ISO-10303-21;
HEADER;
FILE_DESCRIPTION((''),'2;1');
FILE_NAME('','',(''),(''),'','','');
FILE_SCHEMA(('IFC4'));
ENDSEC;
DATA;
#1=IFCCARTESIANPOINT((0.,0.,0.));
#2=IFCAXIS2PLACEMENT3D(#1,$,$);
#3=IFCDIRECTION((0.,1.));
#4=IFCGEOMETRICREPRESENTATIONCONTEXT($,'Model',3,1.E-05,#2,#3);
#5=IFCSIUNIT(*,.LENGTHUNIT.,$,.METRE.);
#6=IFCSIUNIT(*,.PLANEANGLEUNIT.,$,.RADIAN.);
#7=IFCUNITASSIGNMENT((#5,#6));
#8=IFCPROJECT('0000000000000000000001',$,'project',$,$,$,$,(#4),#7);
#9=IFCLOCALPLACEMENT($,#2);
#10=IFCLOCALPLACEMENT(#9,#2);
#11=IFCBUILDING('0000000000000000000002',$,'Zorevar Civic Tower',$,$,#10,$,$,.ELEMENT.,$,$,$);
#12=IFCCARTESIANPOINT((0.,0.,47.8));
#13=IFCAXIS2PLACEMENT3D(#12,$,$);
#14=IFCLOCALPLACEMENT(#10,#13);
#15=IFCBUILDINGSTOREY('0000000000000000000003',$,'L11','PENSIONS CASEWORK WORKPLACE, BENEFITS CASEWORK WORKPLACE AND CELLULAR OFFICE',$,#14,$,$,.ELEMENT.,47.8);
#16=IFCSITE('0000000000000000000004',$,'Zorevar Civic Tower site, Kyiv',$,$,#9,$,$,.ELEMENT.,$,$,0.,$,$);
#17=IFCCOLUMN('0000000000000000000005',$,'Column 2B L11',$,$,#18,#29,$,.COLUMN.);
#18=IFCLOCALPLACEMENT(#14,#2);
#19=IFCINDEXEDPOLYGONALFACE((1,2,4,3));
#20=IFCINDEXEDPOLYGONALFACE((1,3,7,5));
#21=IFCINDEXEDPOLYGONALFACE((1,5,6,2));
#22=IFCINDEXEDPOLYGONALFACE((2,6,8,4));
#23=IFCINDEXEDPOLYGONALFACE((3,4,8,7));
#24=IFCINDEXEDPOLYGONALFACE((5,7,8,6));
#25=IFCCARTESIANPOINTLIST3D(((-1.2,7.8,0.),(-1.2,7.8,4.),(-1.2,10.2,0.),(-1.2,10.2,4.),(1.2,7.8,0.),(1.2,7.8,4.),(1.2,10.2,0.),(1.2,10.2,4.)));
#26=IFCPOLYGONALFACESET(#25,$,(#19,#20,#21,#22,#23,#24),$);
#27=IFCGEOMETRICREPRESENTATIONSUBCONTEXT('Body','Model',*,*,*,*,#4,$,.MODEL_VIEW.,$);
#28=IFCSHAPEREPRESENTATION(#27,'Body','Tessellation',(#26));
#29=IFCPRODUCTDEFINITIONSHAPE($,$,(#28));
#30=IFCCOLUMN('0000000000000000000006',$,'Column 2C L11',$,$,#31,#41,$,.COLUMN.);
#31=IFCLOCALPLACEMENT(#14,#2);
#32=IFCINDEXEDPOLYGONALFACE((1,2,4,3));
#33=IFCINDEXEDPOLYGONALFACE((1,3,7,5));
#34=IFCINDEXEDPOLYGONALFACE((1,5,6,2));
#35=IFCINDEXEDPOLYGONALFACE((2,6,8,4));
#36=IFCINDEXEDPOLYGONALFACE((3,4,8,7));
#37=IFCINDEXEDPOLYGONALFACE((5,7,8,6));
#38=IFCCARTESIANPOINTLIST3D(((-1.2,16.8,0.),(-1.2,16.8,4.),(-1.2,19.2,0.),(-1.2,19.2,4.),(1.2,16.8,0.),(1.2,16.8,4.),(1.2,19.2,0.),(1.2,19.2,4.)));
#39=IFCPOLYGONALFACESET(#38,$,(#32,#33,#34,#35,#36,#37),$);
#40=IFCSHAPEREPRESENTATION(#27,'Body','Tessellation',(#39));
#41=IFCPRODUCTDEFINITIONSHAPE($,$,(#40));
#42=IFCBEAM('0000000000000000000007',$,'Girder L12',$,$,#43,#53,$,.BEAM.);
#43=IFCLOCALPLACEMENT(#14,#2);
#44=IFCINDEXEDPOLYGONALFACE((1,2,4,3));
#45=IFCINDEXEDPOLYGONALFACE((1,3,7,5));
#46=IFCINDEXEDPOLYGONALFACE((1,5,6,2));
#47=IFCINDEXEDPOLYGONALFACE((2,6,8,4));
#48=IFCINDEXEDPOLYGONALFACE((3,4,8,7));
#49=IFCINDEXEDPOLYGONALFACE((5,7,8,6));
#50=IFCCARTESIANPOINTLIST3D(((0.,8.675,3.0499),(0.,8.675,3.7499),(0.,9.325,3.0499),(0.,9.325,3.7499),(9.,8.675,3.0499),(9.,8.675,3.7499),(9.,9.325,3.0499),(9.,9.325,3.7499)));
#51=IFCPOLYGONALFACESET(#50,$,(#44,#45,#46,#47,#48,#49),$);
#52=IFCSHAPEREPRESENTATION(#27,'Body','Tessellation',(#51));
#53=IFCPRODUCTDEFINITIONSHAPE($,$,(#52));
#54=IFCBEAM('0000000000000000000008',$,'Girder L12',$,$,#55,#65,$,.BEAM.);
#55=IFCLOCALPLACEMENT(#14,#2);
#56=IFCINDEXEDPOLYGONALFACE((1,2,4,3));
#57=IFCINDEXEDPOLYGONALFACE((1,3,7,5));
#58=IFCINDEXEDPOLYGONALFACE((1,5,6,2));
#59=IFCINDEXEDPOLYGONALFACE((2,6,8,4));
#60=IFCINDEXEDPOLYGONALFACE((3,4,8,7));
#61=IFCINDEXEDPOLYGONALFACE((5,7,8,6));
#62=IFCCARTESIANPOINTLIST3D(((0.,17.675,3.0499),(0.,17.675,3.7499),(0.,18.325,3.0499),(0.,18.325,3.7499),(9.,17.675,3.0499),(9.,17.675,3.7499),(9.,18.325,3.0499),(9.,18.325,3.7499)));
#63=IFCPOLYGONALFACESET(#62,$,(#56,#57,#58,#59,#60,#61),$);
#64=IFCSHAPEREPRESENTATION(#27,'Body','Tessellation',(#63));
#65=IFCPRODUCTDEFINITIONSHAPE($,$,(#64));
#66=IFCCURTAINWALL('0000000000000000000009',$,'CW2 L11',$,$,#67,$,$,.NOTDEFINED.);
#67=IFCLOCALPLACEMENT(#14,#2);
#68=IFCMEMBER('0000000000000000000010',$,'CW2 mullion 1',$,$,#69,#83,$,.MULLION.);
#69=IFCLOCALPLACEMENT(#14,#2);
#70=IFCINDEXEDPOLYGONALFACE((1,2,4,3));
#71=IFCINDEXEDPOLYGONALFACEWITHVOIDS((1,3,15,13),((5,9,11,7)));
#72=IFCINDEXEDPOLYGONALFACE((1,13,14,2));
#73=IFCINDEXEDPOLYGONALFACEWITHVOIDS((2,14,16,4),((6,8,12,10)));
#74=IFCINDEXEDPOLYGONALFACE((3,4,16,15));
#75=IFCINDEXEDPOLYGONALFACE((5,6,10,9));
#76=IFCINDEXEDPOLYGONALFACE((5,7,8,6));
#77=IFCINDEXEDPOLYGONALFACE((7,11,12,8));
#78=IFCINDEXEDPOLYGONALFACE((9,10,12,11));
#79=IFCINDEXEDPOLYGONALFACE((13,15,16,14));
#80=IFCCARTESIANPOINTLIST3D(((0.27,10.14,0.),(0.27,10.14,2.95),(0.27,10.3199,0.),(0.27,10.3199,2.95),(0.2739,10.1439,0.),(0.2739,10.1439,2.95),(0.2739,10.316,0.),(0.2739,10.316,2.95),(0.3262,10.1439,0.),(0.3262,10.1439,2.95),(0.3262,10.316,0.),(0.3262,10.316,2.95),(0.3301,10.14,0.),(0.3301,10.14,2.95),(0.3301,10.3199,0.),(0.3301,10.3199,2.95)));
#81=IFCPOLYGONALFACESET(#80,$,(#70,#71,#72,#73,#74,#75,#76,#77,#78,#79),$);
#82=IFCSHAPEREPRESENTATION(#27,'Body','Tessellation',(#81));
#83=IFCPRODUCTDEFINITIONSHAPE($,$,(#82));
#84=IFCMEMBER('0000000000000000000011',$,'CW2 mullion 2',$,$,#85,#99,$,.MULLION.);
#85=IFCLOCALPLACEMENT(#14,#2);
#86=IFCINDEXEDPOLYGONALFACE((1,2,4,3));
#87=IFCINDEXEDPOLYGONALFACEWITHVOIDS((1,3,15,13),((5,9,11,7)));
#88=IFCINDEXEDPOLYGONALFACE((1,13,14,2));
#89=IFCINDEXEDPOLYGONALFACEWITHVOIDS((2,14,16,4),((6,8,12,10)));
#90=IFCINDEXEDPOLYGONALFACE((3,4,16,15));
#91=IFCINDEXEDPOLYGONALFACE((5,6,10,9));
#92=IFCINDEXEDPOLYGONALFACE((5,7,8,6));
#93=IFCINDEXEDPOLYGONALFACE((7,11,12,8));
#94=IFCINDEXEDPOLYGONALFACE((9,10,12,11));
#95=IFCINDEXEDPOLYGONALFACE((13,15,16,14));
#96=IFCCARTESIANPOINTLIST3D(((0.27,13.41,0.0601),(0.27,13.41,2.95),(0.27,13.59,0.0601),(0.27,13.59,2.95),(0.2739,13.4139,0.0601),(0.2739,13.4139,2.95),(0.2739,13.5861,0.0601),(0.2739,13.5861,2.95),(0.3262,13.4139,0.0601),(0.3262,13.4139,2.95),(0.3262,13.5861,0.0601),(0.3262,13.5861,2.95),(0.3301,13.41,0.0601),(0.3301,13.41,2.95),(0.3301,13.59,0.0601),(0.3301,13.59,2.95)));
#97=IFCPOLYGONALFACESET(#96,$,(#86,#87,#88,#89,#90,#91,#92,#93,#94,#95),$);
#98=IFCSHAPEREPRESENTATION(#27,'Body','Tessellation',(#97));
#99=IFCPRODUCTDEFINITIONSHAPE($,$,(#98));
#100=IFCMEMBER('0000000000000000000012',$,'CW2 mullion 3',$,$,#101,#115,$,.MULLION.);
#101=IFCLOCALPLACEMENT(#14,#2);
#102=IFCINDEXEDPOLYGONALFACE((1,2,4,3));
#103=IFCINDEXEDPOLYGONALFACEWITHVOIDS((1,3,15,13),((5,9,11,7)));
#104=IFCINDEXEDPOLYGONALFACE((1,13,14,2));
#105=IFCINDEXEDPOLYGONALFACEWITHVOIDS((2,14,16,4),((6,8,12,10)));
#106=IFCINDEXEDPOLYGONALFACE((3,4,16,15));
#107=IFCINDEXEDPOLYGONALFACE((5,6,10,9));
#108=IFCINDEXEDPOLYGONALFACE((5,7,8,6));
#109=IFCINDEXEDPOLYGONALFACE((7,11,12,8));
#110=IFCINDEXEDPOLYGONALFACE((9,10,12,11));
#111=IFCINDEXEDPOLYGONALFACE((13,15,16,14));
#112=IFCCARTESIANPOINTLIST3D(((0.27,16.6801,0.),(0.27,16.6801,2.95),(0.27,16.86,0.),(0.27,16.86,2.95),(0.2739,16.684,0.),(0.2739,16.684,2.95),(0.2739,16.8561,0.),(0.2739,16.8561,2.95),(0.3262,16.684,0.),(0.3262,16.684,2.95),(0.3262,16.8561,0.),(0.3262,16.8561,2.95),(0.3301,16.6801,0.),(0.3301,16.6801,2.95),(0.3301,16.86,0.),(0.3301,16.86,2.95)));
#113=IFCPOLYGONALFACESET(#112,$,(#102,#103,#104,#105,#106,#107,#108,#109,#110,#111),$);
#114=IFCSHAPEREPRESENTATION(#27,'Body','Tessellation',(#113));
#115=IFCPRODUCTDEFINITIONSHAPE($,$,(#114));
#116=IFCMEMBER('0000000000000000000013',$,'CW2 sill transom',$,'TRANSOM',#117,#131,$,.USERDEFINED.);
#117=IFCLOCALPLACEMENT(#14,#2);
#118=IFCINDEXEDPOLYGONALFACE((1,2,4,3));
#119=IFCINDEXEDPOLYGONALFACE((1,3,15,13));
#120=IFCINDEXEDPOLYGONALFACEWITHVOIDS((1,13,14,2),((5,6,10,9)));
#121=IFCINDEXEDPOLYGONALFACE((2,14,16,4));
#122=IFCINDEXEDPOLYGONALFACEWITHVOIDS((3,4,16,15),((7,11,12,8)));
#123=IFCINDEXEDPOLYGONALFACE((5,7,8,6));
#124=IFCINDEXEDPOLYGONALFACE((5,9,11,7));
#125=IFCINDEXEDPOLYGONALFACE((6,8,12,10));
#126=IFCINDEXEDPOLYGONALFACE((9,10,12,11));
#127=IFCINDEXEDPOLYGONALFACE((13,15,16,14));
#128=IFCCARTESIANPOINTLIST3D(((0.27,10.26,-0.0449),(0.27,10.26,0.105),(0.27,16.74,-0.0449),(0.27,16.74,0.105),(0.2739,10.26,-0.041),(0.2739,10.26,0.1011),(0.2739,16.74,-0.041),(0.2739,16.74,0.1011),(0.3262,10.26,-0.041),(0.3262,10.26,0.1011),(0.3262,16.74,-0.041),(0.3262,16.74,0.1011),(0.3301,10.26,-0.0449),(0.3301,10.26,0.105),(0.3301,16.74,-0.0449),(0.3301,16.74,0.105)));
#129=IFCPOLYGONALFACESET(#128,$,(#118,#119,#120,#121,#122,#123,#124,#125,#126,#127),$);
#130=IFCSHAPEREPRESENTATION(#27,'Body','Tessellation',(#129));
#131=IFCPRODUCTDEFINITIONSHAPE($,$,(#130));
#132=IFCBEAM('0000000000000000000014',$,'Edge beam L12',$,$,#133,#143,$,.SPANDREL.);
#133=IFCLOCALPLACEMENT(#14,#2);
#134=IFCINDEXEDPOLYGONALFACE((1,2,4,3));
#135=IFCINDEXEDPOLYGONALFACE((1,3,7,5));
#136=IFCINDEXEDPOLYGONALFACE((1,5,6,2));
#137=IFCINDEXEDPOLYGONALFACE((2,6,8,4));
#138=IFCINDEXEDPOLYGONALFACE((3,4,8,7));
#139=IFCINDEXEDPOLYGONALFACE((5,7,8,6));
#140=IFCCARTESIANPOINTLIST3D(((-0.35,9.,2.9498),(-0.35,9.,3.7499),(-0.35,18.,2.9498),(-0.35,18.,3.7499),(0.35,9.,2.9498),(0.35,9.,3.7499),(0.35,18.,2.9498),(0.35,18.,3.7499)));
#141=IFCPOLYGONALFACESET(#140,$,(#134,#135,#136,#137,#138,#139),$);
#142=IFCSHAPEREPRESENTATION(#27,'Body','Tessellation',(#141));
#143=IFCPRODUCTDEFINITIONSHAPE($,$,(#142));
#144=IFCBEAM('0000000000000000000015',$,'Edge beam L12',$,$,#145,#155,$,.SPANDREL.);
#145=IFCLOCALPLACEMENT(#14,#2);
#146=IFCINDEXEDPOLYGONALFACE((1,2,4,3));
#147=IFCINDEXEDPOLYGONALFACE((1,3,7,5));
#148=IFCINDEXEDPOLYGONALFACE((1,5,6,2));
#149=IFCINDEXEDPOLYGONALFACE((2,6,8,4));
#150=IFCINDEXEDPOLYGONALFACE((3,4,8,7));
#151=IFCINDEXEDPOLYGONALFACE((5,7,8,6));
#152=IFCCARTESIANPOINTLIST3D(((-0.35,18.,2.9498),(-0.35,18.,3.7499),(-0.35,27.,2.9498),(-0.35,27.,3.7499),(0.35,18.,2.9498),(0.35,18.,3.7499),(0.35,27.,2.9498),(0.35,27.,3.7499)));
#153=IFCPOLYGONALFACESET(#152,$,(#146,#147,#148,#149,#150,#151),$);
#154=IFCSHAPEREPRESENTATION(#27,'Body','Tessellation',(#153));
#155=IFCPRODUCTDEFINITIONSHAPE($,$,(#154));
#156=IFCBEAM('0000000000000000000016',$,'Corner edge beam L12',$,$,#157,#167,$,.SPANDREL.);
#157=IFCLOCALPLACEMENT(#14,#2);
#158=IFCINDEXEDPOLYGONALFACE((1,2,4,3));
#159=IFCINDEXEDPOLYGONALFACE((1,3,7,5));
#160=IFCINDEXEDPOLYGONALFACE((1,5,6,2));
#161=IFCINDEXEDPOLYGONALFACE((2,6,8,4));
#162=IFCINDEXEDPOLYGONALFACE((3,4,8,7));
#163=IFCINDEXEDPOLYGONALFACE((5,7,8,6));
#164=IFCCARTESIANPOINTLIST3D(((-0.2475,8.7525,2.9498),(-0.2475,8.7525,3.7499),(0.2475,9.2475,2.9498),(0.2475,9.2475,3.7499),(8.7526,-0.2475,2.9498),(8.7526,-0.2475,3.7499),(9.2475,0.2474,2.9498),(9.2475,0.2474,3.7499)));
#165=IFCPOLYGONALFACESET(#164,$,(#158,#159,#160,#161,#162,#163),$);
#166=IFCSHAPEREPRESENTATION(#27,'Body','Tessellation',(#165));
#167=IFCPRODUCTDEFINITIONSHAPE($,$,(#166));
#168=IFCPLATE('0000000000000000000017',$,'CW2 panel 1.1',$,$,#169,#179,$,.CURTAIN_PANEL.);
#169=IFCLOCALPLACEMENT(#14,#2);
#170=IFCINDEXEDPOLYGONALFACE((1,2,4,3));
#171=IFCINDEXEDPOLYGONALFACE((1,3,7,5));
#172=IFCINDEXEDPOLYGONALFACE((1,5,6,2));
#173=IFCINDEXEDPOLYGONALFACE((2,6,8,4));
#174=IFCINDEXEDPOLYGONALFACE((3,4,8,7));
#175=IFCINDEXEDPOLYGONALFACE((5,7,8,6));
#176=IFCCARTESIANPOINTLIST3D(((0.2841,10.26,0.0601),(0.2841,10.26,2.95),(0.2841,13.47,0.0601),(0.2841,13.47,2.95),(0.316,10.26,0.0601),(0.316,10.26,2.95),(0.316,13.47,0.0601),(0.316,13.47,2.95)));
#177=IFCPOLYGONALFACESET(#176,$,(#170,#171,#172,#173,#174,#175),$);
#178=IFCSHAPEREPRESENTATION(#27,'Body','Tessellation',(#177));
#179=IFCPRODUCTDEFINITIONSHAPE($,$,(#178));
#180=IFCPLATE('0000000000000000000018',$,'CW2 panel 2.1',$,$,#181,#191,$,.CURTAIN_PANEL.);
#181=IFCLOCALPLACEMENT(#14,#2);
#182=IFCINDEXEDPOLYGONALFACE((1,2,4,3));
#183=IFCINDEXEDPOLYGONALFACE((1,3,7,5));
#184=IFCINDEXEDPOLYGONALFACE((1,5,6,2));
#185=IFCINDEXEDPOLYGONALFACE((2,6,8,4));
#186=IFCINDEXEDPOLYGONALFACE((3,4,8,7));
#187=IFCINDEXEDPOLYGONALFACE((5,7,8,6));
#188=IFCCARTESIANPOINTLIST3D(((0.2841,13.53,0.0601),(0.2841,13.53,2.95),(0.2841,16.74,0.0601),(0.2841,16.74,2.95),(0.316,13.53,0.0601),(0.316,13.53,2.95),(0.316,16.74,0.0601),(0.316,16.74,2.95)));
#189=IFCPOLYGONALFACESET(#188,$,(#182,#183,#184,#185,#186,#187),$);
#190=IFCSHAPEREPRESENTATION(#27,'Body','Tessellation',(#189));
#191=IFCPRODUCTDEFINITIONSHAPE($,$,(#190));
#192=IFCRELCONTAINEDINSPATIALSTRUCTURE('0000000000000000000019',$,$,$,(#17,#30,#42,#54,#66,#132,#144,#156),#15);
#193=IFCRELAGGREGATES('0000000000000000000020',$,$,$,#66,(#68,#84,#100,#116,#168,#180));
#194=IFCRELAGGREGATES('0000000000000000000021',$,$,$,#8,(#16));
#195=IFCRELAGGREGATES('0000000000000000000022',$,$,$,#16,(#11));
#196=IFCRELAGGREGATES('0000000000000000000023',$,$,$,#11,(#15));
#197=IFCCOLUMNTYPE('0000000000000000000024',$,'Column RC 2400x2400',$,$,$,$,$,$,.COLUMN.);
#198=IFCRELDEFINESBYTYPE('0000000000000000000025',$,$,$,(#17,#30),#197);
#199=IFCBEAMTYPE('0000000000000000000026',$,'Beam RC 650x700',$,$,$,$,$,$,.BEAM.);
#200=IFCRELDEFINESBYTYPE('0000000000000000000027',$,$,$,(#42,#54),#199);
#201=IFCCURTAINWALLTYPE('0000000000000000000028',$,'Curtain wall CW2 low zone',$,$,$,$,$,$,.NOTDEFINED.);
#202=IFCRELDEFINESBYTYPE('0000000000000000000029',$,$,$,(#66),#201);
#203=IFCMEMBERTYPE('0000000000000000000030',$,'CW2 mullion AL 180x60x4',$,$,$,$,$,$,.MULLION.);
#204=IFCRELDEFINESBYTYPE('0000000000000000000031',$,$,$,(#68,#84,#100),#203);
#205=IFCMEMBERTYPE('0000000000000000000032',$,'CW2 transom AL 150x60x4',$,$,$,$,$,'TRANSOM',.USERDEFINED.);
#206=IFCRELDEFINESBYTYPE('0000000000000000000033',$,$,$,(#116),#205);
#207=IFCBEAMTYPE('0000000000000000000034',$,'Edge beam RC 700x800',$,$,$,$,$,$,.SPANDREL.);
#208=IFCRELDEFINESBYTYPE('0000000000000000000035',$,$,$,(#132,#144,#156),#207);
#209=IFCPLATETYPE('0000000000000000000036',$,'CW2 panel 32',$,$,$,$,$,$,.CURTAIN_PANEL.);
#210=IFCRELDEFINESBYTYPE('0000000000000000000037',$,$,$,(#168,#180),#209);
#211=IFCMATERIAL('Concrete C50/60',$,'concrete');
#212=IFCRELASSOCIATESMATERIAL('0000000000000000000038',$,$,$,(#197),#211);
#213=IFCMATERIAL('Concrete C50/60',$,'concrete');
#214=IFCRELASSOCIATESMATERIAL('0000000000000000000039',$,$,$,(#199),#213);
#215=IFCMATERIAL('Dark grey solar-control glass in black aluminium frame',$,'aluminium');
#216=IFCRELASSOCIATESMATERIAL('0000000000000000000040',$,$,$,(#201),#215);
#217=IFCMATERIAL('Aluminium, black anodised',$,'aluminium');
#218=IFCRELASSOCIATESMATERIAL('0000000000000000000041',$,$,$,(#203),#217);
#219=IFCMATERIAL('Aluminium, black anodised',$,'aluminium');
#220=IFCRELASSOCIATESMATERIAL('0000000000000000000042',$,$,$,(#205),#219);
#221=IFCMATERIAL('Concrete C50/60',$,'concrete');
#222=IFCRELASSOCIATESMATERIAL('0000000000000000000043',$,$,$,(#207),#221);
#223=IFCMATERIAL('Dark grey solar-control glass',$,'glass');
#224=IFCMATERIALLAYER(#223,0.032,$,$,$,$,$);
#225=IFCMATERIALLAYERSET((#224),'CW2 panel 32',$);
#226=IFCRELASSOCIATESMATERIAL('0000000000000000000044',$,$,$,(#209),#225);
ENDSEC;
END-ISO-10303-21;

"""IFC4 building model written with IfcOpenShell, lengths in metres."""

from ifc_helpers import new_model, si_unit, direction, frame, origin, origin_2d, place, context, subcontext, project, spatial, rectangle, hollow_rectangle, extrude, material, layer, layer_set, material_profile, profile_set, type_object, element, aggregate, save


model = new_model("IFC4")

# Units and contexts
model_context = context("Model", 3, precision=1e-05, world=origin(), true_north=direction((0.0, 1.0)))
body_context = subcontext(model_context, "Body", "Model", "MODEL_VIEW")
ifc_project = project(units=[si_unit("LENGTHUNIT", "METRE"), si_unit("PLANEANGLEUNIT", "RADIAN")], contexts=[model_context])

# Site, building, storey
site_placement = place(None, origin())
site = spatial("IfcSite", under=ifc_project, at=site_placement, Name="Zorevar Civic Tower site, Kyiv", CompositionType="ELEMENT", RefElevation=0.0)
building_placement = place(site_placement, origin())
building = spatial("IfcBuilding", under=site, at=building_placement, Name="Zorevar Civic Tower", CompositionType="ELEMENT")
storey_placement = place(building_placement, frame((0.0, 0.0, 47.8)))
storey = spatial("IfcBuildingStorey", under=building, at=storey_placement, Name="L11", Description="PENSIONS CASEWORK WORKPLACE, BENEFITS CASEWORK WORKPLACE AND CELLULAR OFFICE", CompositionType="ELEMENT", Elevation=47.8)

# Columns
ifc_material_1 = material(Name="Concrete C50/60", Category="concrete")
ifc_material_profile_1 = material_profile(ifc_material_1, rectangle(XDim=2.3999, YDim=2.3999, at=origin_2d()), Name="RC 2400x2400")
ifc_profile_set_1 = profile_set([ifc_material_profile_1], Name="Concrete C50/60")
column_type = type_object("IfcColumnType", Name="Column RC 2400x2400", PredefinedType="COLUMN", material=ifc_profile_set_1)
for number, where, z_axis, x_axis, name in (
    (1, (0.0, 9.0, 0.0), (0.0, 0.0, 1.0), (1.0, 0.0, 0.0), "Column 2B L11"),
    (2, (0.0, 18.0, 0.0), (0.0, 0.0, 1.0), (1.0, 0.0, 0.0), "Column 2C L11"),
):
    element("IfcColumn", number, at=place(storey_placement, frame(where, z_axis=z_axis, x_axis=x_axis)), inside=storey, type_object=column_type, Name=name, PredefinedType="COLUMN", context=body_context, shape_type="SweptSolid", body=[
        extrude(rectangle(XDim=2.3999, YDim=2.3999, at=origin_2d()), origin(), (0.0, 0.0, 1.0), 4.0),
    ])

# Beams
ifc_material_2 = material(Name="Concrete C50/60", Category="concrete")
ifc_material_profile_2 = material_profile(ifc_material_2, rectangle(XDim=0.6499, YDim=0.7, at=origin_2d()), Name="RC 650x700")
ifc_profile_set_2 = profile_set([ifc_material_profile_2], Name="Concrete C50/60")
beam_type_1 = type_object("IfcBeamType", Name="Beam RC 650x700", PredefinedType="BEAM", material=ifc_profile_set_2)
for number, where, z_axis, x_axis, name in (
    (3, (0.0, 9.0, 3.3999), (1.0, 0.0, 0.0), (0.0, 1.0, 0.0), "Girder L12"),
    (4, (0.0, 18.0, 3.3999), (1.0, 0.0, 0.0), (0.0, 1.0, 0.0), "Girder L12"),
):
    element("IfcBeam", number, at=place(storey_placement, frame(where, z_axis=z_axis, x_axis=x_axis)), inside=storey, type_object=beam_type_1, Name=name, PredefinedType="BEAM", context=body_context, shape_type="SweptSolid", body=[
        extrude(rectangle(XDim=0.6499, YDim=0.7, at=origin_2d()), origin(), (0.0, 0.0, 1.0), 9.0),
    ])

# Curtain wall, members
ifc_material_3 = material(Name="Dark grey solar-control glass in black aluminium frame", Category="aluminium")
curtain_wall_type = type_object("IfcCurtainWallType", Name="Curtain wall CW2 low zone", PredefinedType="NOTDEFINED", material=ifc_material_3)
curtain_wall_placement = place(storey_placement, origin())
curtain_wall = element("IfcCurtainWall", 5, at=curtain_wall_placement, inside=storey, type_object=curtain_wall_type, Name="CW2 L11", PredefinedType="NOTDEFINED")
ifc_material_4 = material(Name="Aluminium, black anodised", Category="aluminium")
ifc_material_profile_3 = material_profile(ifc_material_4, hollow_rectangle(XDim=0.0601, YDim=0.1799, WallThickness=0.0039, at=origin_2d()), Name="AL 180x60x4")
ifc_profile_set_3 = profile_set([ifc_material_profile_3], Name="Aluminium, black anodised")
member_type_1 = type_object("IfcMemberType", Name="CW2 mullion AL 180x60x4", PredefinedType="MULLION", material=ifc_profile_set_3)
member_1_placement = place(storey_placement, frame((0.3, 10.23, 0.0), z_axis=(0.0, 0.0, 1.0), x_axis=(-1.0, 0.0, 0.0)))
member_1 = element("IfcMember", 6, at=member_1_placement, type_object=member_type_1, Name="CW2 mullion 1", PredefinedType="MULLION", context=body_context, shape_type="SweptSolid", body=[
    extrude(hollow_rectangle(XDim=0.0601, YDim=0.1799, WallThickness=0.0039, at=origin_2d()), origin(), (0.0, 0.0, 1.0), 2.95),
])
member_2_placement = place(storey_placement, frame((0.3, 13.5, 0.0601), z_axis=(0.0, 0.0, 1.0), x_axis=(-1.0, 0.0, 0.0)))
member_2 = element("IfcMember", 7, at=member_2_placement, type_object=member_type_1, Name="CW2 mullion 2", PredefinedType="MULLION", context=body_context, shape_type="SweptSolid", body=[
    extrude(hollow_rectangle(XDim=0.0601, YDim=0.1799, WallThickness=0.0039, at=origin_2d()), origin(), (0.0, 0.0, 1.0), 2.8899),
])
member_3_placement = place(storey_placement, frame((0.3, 16.77, 0.0), z_axis=(0.0, 0.0, 1.0), x_axis=(-1.0, 0.0, 0.0)))
member_3 = element("IfcMember", 8, at=member_3_placement, type_object=member_type_1, Name="CW2 mullion 3", PredefinedType="MULLION", context=body_context, shape_type="SweptSolid", body=[
    extrude(hollow_rectangle(XDim=0.0601, YDim=0.1799, WallThickness=0.0039, at=origin_2d()), origin(), (0.0, 0.0, 1.0), 2.95),
])
ifc_material_5 = material(Name="Aluminium, black anodised", Category="aluminium")
ifc_material_profile_4 = material_profile(ifc_material_5, hollow_rectangle(XDim=0.0601, YDim=0.1499, WallThickness=0.0039, at=origin_2d()), Name="AL 150x60x4")
ifc_profile_set_4 = profile_set([ifc_material_profile_4], Name="Aluminium, black anodised")
member_type_2 = type_object("IfcMemberType", Name="CW2 transom AL 150x60x4", ElementType="TRANSOM", PredefinedType="USERDEFINED", material=ifc_profile_set_4)
member_4_placement = place(storey_placement, frame((0.3, 10.26, 0.03), z_axis=(0.0, 1.0, 0.0), x_axis=(-1.0, 0.0, 0.0)))
member_4 = element("IfcMember", 9, at=member_4_placement, type_object=member_type_2, Name="CW2 sill transom", ObjectType="TRANSOM", PredefinedType="USERDEFINED", context=body_context, shape_type="SweptSolid", body=[
    extrude(hollow_rectangle(XDim=0.0601, YDim=0.1499, WallThickness=0.0039, at=origin_2d()), origin(), (0.0, 0.0, 1.0), 6.48),
])

# Beams
ifc_material_6 = material(Name="Concrete C50/60", Category="concrete")
ifc_material_profile_5 = material_profile(ifc_material_6, rectangle(XDim=0.7, YDim=0.8, at=origin_2d()), Name="RC 700x800")
ifc_profile_set_5 = profile_set([ifc_material_profile_5], Name="Concrete C50/60")
beam_type_2 = type_object("IfcBeamType", Name="Edge beam RC 700x800", PredefinedType="SPANDREL", material=ifc_profile_set_5)
for number, where, z_axis, x_axis, name in (
    (10, (0.0, 9.0, 3.3499), (0.0, 1.0, 0.0), (-1.0, 0.0, 0.0), "Edge beam L12"),
    (11, (0.0, 18.0, 3.3499), (0.0, 1.0, 0.0), (-1.0, 0.0, 0.0), "Edge beam L12"),
):
    element("IfcBeam", number, at=place(storey_placement, frame(where, z_axis=z_axis, x_axis=x_axis)), inside=storey, type_object=beam_type_2, Name=name, PredefinedType="SPANDREL", context=body_context, shape_type="SweptSolid", body=[
        extrude(rectangle(XDim=0.7, YDim=0.8, at=origin_2d()), origin(), (0.0, 0.0, 1.0), 9.0),
    ])
beam_placement = place(storey_placement, frame((0.0, 9.0, 3.3499), z_axis=(0.707107, -0.707107, 0.0), x_axis=(0.707107, 0.707107, 0.0)))
element("IfcBeam", 12, at=beam_placement, inside=storey, type_object=beam_type_2, Name="Corner edge beam L12", PredefinedType="SPANDREL", context=body_context, shape_type="SweptSolid", body=[
    extrude(rectangle(XDim=0.7, YDim=0.8, at=origin_2d()), origin(), (0.0, 0.0, 1.0), 12.728),
])

# Plates
ifc_material_7 = material(Name="Dark grey solar-control glass", Category="glass")
ifc_layer_1 = layer(ifc_material_7, 0.032)
ifc_layer_set_1 = layer_set([ifc_layer_1], Name="CW2 panel 32")
plate_type = type_object("IfcPlateType", Name="CW2 panel 32", PredefinedType="CURTAIN_PANEL", material=ifc_layer_set_1)
plate_1_placement = place(storey_placement, frame((0.3, 11.865, 0.0601), z_axis=(0.0, 0.0, 1.0), x_axis=(0.0, 1.0, 0.0)))
plate_1 = element("IfcPlate", 13, at=plate_1_placement, type_object=plate_type, Name="CW2 panel 1.1", PredefinedType="CURTAIN_PANEL", context=body_context, shape_type="SweptSolid", body=[
    extrude(rectangle(XDim=3.21, YDim=0.032, at=origin_2d()), origin(), (0.0, 0.0, 1.0), 2.8899),
])
plate_2_placement = place(storey_placement, frame((0.3, 15.135, 0.0601), z_axis=(0.0, 0.0, 1.0), x_axis=(0.0, 1.0, 0.0)))
plate_2 = element("IfcPlate", 14, at=plate_2_placement, type_object=plate_type, Name="CW2 panel 2.1", PredefinedType="CURTAIN_PANEL", context=body_context, shape_type="SweptSolid", body=[
    extrude(rectangle(XDim=3.21, YDim=0.032, at=origin_2d()), origin(), (0.0, 0.0, 1.0), 2.8899),
])
aggregate(curtain_wall, [member_1, member_2, member_3, member_4, plate_1, plate_2])

save(model, "model.ifc")
